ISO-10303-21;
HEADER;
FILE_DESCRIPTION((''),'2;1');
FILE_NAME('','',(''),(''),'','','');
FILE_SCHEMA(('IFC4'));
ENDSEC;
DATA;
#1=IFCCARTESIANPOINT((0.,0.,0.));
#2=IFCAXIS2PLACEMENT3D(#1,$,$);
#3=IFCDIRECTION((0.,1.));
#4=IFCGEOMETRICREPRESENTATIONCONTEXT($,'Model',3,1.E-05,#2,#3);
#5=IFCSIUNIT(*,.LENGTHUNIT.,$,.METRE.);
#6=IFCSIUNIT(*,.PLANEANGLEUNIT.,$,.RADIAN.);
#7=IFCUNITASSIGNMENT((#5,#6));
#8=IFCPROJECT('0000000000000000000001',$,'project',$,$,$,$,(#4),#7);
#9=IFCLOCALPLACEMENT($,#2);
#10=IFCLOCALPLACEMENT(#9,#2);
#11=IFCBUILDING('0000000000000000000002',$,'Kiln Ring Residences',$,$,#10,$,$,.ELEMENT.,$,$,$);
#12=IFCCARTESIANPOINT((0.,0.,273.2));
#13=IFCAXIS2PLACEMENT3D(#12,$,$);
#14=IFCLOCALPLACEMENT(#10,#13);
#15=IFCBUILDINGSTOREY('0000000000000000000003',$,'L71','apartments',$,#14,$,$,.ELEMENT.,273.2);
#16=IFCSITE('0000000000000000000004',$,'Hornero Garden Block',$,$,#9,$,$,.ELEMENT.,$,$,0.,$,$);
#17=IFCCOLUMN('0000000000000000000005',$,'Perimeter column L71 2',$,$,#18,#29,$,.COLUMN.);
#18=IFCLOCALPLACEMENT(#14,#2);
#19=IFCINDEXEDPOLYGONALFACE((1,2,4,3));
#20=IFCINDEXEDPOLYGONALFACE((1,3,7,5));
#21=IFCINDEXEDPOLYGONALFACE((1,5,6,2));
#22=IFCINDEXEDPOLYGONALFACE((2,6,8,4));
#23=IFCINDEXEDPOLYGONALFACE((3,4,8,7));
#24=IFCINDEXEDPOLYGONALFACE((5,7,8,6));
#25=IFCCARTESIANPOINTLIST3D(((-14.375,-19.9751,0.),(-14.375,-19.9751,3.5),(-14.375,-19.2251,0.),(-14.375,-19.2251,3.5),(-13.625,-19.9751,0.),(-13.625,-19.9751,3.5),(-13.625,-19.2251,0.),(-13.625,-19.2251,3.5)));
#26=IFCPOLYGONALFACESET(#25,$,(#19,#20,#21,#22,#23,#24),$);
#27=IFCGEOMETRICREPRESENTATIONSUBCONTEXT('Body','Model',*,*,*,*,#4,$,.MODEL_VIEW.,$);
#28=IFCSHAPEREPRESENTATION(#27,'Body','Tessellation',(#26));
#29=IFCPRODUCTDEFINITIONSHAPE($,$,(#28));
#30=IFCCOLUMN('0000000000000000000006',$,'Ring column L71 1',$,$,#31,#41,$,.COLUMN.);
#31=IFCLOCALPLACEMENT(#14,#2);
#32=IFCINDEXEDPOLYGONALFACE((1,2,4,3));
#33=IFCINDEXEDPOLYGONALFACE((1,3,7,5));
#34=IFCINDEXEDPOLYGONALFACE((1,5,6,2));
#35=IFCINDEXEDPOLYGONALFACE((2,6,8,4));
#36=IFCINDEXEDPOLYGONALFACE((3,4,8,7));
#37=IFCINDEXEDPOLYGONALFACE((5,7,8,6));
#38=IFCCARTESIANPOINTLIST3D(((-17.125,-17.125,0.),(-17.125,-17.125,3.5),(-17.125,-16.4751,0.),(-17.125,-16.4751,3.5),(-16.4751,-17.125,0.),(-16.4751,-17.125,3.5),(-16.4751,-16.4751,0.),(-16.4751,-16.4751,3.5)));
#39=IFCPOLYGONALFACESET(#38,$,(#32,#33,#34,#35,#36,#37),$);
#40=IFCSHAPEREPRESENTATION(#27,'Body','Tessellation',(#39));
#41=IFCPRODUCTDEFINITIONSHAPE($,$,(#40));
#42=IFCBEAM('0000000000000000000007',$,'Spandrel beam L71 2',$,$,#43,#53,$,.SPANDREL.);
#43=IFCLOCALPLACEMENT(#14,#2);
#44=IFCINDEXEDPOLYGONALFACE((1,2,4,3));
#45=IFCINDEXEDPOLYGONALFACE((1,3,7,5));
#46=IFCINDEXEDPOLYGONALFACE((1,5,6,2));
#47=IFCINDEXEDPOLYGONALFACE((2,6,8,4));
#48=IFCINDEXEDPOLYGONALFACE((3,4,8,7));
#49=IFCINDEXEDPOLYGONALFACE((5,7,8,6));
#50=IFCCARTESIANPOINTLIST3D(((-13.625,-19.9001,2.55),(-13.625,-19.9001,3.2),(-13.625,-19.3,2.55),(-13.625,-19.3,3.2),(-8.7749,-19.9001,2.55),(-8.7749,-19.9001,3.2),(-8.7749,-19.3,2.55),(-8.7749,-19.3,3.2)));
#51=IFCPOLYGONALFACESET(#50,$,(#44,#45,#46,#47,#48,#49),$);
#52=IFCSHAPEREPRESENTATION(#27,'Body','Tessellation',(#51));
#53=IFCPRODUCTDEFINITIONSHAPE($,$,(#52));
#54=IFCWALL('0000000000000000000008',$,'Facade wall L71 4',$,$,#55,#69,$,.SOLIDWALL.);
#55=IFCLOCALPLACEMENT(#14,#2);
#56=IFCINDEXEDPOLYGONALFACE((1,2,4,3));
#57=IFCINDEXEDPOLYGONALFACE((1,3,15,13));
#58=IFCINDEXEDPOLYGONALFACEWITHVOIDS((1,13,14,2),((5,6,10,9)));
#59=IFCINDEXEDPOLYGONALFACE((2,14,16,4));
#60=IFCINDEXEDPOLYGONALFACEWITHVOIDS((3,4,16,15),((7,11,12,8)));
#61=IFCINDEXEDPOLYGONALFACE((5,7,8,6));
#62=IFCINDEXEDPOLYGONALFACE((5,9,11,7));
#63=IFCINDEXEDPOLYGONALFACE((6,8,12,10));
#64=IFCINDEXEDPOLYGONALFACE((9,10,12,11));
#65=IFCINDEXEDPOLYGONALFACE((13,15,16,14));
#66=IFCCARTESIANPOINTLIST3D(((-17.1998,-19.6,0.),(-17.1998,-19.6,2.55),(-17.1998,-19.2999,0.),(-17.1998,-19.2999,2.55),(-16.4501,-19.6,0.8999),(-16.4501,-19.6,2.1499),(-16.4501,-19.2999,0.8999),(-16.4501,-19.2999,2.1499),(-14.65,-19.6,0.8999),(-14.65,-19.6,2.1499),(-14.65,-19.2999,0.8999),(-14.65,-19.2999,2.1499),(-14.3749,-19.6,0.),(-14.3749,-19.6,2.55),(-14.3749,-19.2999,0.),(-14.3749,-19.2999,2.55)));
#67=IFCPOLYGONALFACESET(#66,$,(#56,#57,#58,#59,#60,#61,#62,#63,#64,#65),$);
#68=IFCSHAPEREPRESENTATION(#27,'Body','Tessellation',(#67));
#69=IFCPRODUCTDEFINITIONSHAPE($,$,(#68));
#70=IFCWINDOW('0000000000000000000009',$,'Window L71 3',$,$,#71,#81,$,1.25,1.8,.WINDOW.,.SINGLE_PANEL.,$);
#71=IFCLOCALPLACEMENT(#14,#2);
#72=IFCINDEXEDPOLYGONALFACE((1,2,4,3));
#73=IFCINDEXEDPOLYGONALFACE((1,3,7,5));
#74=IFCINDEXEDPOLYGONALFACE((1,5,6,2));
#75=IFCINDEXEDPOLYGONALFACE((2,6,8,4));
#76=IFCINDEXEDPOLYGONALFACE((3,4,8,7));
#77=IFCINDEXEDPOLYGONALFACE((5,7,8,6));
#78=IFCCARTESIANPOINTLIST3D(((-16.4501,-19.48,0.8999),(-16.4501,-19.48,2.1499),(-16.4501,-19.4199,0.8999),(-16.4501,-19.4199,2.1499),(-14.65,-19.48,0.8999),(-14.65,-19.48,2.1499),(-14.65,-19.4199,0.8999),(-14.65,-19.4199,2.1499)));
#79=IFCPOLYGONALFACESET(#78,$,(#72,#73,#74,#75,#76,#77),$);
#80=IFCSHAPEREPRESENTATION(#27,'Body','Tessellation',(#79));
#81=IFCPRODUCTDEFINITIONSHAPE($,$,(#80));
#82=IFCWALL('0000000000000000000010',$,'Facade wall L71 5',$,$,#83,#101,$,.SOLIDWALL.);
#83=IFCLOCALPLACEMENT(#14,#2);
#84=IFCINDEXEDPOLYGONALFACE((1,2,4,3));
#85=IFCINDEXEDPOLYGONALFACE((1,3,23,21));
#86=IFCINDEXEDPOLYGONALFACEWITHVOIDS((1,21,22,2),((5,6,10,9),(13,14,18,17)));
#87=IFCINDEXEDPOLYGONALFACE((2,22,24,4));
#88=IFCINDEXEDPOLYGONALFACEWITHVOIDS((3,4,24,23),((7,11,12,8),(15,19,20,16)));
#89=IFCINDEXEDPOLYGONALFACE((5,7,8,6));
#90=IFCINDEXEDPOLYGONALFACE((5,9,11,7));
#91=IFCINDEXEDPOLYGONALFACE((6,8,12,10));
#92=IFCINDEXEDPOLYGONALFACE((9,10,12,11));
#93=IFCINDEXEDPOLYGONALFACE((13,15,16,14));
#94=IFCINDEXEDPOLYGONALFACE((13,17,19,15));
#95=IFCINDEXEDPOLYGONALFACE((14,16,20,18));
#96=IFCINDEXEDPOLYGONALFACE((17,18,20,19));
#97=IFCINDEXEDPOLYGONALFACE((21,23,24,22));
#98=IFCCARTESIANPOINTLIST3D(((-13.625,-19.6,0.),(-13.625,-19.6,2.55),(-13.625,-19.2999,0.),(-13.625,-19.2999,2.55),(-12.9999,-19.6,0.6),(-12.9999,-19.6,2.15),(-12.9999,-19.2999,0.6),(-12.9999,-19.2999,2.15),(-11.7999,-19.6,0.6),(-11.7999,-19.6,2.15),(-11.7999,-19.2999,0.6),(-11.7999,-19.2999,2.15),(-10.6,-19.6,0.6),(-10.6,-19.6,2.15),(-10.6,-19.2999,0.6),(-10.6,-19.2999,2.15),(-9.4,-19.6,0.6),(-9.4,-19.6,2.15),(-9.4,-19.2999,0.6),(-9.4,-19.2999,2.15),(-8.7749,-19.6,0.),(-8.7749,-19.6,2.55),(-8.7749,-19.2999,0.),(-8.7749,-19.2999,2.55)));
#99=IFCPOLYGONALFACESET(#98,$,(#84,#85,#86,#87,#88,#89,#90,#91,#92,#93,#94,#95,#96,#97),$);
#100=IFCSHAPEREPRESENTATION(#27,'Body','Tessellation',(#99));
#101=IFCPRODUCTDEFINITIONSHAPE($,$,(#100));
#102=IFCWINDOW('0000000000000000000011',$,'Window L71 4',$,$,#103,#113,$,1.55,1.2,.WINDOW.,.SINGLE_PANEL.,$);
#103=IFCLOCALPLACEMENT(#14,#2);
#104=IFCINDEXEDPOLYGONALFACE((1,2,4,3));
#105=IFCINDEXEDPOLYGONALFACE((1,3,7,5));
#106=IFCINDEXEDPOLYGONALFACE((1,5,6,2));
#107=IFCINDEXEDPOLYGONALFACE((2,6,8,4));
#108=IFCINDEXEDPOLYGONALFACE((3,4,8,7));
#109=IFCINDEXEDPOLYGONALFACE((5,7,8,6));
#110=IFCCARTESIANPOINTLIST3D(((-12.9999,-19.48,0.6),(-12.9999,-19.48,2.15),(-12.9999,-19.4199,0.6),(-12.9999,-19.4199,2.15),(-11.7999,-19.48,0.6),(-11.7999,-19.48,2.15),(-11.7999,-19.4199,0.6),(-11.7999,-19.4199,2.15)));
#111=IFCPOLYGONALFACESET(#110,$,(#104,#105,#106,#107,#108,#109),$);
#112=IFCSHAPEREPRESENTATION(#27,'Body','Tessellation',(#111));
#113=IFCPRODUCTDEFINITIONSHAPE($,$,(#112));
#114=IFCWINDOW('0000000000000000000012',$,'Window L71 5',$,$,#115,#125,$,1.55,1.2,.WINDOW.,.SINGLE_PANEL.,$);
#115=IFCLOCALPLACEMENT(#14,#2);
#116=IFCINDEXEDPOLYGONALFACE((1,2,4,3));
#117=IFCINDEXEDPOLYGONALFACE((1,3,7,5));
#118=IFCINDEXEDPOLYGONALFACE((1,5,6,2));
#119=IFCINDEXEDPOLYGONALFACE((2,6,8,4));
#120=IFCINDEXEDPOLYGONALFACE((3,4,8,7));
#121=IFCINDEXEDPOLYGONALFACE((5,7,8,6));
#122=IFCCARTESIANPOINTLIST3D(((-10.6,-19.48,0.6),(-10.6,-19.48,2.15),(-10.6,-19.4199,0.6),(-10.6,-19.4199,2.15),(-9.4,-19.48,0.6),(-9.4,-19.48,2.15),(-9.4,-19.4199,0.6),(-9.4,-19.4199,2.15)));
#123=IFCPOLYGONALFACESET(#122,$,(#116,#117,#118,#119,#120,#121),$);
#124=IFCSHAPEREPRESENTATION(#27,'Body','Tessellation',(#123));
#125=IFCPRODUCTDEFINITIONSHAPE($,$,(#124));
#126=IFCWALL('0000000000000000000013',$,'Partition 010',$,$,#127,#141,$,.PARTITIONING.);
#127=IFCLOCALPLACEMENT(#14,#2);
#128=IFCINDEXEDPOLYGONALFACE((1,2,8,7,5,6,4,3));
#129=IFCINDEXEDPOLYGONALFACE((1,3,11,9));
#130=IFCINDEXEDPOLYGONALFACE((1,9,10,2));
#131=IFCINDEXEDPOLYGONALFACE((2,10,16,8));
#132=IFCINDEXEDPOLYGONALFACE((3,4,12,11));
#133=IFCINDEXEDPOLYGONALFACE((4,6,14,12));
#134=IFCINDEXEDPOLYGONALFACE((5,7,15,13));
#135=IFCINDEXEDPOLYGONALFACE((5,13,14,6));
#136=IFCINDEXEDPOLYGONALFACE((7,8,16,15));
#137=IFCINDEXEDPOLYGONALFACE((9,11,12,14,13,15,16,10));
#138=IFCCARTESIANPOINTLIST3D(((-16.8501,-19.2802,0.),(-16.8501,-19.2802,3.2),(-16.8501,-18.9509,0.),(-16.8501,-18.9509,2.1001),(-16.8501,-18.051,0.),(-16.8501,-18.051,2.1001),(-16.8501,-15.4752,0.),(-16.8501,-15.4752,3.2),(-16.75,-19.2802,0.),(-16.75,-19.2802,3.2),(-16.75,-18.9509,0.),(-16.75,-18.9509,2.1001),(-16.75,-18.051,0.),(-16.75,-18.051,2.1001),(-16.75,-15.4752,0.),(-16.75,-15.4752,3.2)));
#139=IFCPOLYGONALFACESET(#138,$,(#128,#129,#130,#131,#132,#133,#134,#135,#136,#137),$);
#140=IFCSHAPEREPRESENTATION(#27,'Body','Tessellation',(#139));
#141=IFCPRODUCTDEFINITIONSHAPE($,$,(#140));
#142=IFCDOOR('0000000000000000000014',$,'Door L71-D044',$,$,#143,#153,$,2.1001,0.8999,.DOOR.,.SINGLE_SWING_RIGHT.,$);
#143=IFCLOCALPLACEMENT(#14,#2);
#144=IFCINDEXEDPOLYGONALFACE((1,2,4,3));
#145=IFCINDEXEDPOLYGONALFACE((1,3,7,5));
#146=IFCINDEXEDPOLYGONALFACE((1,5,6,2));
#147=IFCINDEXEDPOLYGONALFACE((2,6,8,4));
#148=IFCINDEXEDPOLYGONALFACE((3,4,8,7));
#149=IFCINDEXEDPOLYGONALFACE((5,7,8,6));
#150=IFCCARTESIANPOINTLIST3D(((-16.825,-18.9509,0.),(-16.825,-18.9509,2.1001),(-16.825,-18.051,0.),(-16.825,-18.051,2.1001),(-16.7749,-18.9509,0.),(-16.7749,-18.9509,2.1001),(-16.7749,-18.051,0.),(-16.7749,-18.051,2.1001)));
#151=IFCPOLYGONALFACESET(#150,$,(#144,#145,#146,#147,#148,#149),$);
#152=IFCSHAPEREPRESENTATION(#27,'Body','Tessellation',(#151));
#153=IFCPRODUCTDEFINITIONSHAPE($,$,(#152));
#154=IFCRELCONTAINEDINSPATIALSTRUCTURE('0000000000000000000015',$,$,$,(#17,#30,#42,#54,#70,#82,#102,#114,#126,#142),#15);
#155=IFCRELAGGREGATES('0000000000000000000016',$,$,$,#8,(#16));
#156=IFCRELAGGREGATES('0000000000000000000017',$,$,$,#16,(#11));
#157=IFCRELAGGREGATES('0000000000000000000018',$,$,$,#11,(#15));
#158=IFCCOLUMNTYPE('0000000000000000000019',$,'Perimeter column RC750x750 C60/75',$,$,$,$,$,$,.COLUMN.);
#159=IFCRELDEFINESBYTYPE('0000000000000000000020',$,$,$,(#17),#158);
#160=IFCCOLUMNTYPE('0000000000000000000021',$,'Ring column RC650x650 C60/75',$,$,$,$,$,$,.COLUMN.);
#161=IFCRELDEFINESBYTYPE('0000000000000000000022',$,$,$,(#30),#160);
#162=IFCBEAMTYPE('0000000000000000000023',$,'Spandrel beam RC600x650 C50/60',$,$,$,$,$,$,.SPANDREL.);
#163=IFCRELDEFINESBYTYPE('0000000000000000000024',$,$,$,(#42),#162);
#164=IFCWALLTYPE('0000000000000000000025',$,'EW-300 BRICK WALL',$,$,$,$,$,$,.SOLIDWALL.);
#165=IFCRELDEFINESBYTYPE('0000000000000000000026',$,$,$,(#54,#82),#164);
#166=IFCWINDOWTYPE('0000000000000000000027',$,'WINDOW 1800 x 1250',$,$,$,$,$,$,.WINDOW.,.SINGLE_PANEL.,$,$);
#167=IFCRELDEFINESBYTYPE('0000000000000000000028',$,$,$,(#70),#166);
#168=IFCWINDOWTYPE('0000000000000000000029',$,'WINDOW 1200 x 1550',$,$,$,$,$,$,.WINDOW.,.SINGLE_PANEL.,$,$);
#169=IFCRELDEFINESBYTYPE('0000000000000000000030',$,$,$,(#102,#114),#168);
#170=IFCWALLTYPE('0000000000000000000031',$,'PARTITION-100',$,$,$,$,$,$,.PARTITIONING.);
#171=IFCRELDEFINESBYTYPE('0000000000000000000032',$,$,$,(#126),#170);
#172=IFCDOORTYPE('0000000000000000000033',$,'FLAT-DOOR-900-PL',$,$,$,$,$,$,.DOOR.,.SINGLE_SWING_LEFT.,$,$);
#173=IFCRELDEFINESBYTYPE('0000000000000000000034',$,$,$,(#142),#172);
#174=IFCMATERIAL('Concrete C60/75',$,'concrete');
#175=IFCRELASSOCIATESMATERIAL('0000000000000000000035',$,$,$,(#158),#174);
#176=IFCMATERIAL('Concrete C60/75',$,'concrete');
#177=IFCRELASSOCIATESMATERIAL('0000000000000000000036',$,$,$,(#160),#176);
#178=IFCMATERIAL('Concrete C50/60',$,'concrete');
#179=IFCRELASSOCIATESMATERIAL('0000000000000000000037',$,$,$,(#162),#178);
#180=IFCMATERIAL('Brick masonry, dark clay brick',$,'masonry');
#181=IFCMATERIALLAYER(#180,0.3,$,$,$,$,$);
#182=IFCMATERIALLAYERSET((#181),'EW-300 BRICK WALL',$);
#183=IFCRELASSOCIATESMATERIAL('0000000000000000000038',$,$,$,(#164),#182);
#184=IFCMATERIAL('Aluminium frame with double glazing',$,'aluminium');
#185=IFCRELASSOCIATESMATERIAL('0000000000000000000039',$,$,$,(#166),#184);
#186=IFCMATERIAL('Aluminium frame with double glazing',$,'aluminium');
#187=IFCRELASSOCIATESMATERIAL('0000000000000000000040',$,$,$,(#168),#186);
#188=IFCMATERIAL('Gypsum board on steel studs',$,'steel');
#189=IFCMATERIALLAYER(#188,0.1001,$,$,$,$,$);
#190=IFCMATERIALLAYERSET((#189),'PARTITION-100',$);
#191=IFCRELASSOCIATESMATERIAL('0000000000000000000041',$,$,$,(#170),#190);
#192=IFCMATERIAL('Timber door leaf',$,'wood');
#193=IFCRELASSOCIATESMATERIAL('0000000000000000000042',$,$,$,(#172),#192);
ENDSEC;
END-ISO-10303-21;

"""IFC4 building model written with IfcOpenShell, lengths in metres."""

from ifc_helpers import new_model, si_unit, direction, frame, frame_2d, origin, origin_2d, place, context, subcontext, project, spatial, rectangle, extrude, material, layer, layer_set, material_profile, profile_set, type_object, element, fill, save


model = new_model("IFC4")

# Units and contexts
model_context = context("Model", 3, precision=1e-05, world=origin(), true_north=direction((0.0, 1.0)))
body_context = subcontext(model_context, "Body", "Model", "MODEL_VIEW")
ifc_project = project(units=[si_unit("LENGTHUNIT", "METRE"), si_unit("PLANEANGLEUNIT", "RADIAN")], contexts=[model_context])

# Site, building, storey
site_placement = place(None, origin())
site = spatial("IfcSite", under=ifc_project, at=site_placement, Name="Hornero Garden Block", CompositionType="ELEMENT", RefElevation=0.0)
building_placement = place(site_placement, origin())
building = spatial("IfcBuilding", under=site, at=building_placement, Name="Kiln Ring Residences", CompositionType="ELEMENT")
storey_placement = place(building_placement, frame((0.0, 0.0, 273.2)))
storey = spatial("IfcBuildingStorey", under=building, at=storey_placement, Name="L71", Description="apartments", CompositionType="ELEMENT", Elevation=273.2)

# Columns
ifc_material_1 = material(Name="Concrete C60/75", Category="concrete")
ifc_material_profile_1 = material_profile(ifc_material_1, rectangle(XDim=0.75, YDim=0.75, at=origin_2d()), Name="RC750x750")
ifc_profile_set_1 = profile_set([ifc_material_profile_1], Name="Concrete C60/75")
column_type_1 = type_object("IfcColumnType", Name="Perimeter column RC750x750 C60/75", PredefinedType="COLUMN", material=ifc_profile_set_1)
column_1_placement = place(storey_placement, frame((-14.0, -19.6001, 0.0), z_axis=(0.0, 0.0, 1.0), x_axis=(1.0, 0.0, 0.0)))
element("IfcColumn", 1, at=column_1_placement, inside=storey, type_object=column_type_1, Name="Perimeter column L71 2", PredefinedType="COLUMN", context=body_context, shape_type="SweptSolid", body=[
    extrude(rectangle(XDim=0.75, YDim=0.75, at=origin_2d()), origin(), (0.0, 0.0, 1.0), 3.5),
])
ifc_material_2 = material(Name="Concrete C60/75", Category="concrete")
ifc_material_profile_2 = material_profile(ifc_material_2, rectangle(XDim=0.6499, YDim=0.6499, at=origin_2d()), Name="RC650x650")
ifc_profile_set_2 = profile_set([ifc_material_profile_2], Name="Concrete C60/75")
column_type_2 = type_object("IfcColumnType", Name="Ring column RC650x650 C60/75", PredefinedType="COLUMN", material=ifc_profile_set_2)
column_2_placement = place(storey_placement, frame((-16.8, -16.8, 0.0), z_axis=(0.0, 0.0, 1.0), x_axis=(1.0, 0.0, 0.0)))
element("IfcColumn", 2, at=column_2_placement, inside=storey, type_object=column_type_2, Name="Ring column L71 1", PredefinedType="COLUMN", context=body_context, shape_type="SweptSolid", body=[
    extrude(rectangle(XDim=0.6499, YDim=0.6499, at=origin_2d()), origin(), (0.0, 0.0, 1.0), 3.5),
])

# Beam
ifc_material_3 = material(Name="Concrete C50/60", Category="concrete")
ifc_material_profile_3 = material_profile(ifc_material_3, rectangle(XDim=0.6001, YDim=0.6499, at=origin_2d()), Name="RC600x650")
ifc_profile_set_3 = profile_set([ifc_material_profile_3], Name="Concrete C50/60")
beam_type = type_object("IfcBeamType", Name="Spandrel beam RC600x650 C50/60", PredefinedType="SPANDREL", material=ifc_profile_set_3)
beam_placement = place(storey_placement, frame((-13.625, -19.6001, 2.875), z_axis=(1.0, 0.0, 0.0), x_axis=(0.0, 1.0, 0.0)))
element("IfcBeam", 3, at=beam_placement, inside=storey, type_object=beam_type, Name="Spandrel beam L71 2", PredefinedType="SPANDREL", context=body_context, shape_type="SweptSolid", body=[
    extrude(rectangle(XDim=0.6001, YDim=0.6499, at=origin_2d()), origin(), (0.0, 0.0, 1.0), 4.8501),
])

# Wall, opening, window
ifc_material_4 = material(Name="Brick masonry, dark clay brick", Category="masonry")
ifc_layer_1 = layer(ifc_material_4, 0.3)
ifc_layer_set_1 = layer_set([ifc_layer_1], Name="EW-300 BRICK WALL")
wall_type_1 = type_object("IfcWallType", Name="EW-300 BRICK WALL", PredefinedType="SOLIDWALL", material=ifc_layer_set_1)
wall_1_placement = place(storey_placement, frame((-17.2, -19.45, 0.0), z_axis=(0.0, 0.0, 1.0), x_axis=(1.0, 0.0, 0.0)))
wall_1 = element("IfcWall", 4, at=wall_1_placement, inside=storey, type_object=wall_type_1, Name="Facade wall L71 4", PredefinedType="SOLIDWALL", context=body_context, shape_type="SweptSolid", body=[
    extrude(rectangle(XDim=2.825, YDim=0.3, at=frame_2d((1.4126, 0.0))), origin(), (0.0, 0.0, 1.0), 2.55),
])
opening_1_placement = place(wall_1_placement, frame((0.75, 0.0, 0.8999)))
opening_1 = element("IfcOpeningElement", 5, at=opening_1_placement, cuts=wall_1, PredefinedType="OPENING", context=body_context, shape_type="SweptSolid", body=[
    extrude(rectangle(XDim=1.8, YDim=1.25, at=frame_2d((0.8999, 0.625))), frame((0.0, 0.1599, 0.0), z_axis=(0.0, -1.0, 0.0), x_axis=(1.0, 0.0, 0.0)), (0.0, 0.0, 1.0), 0.3201),
])
ifc_material_5 = material(Name="Aluminium frame with double glazing", Category="aluminium")
window_type_1 = type_object("IfcWindowType", Name="WINDOW 1800 x 1250", PartitioningType="SINGLE_PANEL", PredefinedType="WINDOW", material=ifc_material_5)
window_1_placement = place(opening_1_placement, origin())
window_1 = element("IfcWindow", 6, at=window_1_placement, inside=storey, type_object=window_type_1, Name="Window L71 3", OverallHeight=1.25, OverallWidth=1.8, PartitioningType="SINGLE_PANEL", PredefinedType="WINDOW", context=body_context, shape_type="SweptSolid", body=[
    extrude(rectangle(XDim=1.8, YDim=1.25, at=frame_2d((0.8999, 0.625))), frame((0.0, 0.03, 0.0), z_axis=(0.0, -1.0, 0.0), x_axis=(1.0, 0.0, 0.0)), (0.0, 0.0, 1.0), 0.0601),
])
fill(opening_1, window_1)

# Wall, openings, windows
wall_2_placement = place(storey_placement, frame((-13.625, -19.45, 0.0), z_axis=(0.0, 0.0, 1.0), x_axis=(1.0, 0.0, 0.0)))
wall_2 = element("IfcWall", 7, at=wall_2_placement, inside=storey, type_object=wall_type_1, Name="Facade wall L71 5", PredefinedType="SOLIDWALL", context=body_context, shape_type="SweptSolid", body=[
    extrude(rectangle(XDim=4.8501, YDim=0.3, at=frame_2d((2.425, 0.0))), origin(), (0.0, 0.0, 1.0), 2.55),
])
opening_2_placement = place(wall_2_placement, frame((0.625, 0.0, 0.6001)))
opening_2 = element("IfcOpeningElement", 8, at=opening_2_placement, cuts=wall_2, PredefinedType="OPENING", context=body_context, shape_type="SweptSolid", body=[
    extrude(rectangle(XDim=1.2, YDim=1.55, at=frame_2d((0.6001, 0.7749))), frame((0.0, 0.1599, 0.0), z_axis=(0.0, -1.0, 0.0), x_axis=(1.0, 0.0, 0.0)), (0.0, 0.0, 1.0), 0.3201),
])
opening_3_placement = place(wall_2_placement, frame((3.0249, 0.0, 0.6001)))
opening_3 = element("IfcOpeningElement", 9, at=opening_3_placement, cuts=wall_2, PredefinedType="OPENING", context=body_context, shape_type="SweptSolid", body=[
    extrude(rectangle(XDim=1.2, YDim=1.55, at=frame_2d((0.6001, 0.7749))), frame((0.0, 0.1599, 0.0), z_axis=(0.0, -1.0, 0.0), x_axis=(1.0, 0.0, 0.0)), (0.0, 0.0, 1.0), 0.3201),
])
ifc_material_6 = material(Name="Aluminium frame with double glazing", Category="aluminium")
window_type_2 = type_object("IfcWindowType", Name="WINDOW 1200 x 1550", PartitioningType="SINGLE_PANEL", PredefinedType="WINDOW", material=ifc_material_6)
window_2_placement = place(opening_2_placement, origin())
window_2 = element("IfcWindow", 10, at=window_2_placement, inside=storey, type_object=window_type_2, Name="Window L71 4", OverallHeight=1.55, OverallWidth=1.2, PartitioningType="SINGLE_PANEL", PredefinedType="WINDOW", context=body_context, shape_type="SweptSolid", body=[
    extrude(rectangle(XDim=1.2, YDim=1.55, at=frame_2d((0.6001, 0.7749))), frame((0.0, 0.03, 0.0), z_axis=(0.0, -1.0, 0.0), x_axis=(1.0, 0.0, 0.0)), (0.0, 0.0, 1.0), 0.0601),
])
fill(opening_2, window_2)
window_3_placement = place(opening_3_placement, origin())
window_3 = element("IfcWindow", 11, at=window_3_placement, inside=storey, type_object=window_type_2, Name="Window L71 5", OverallHeight=1.55, OverallWidth=1.2, PartitioningType="SINGLE_PANEL", PredefinedType="WINDOW", context=body_context, shape_type="SweptSolid", body=[
    extrude(rectangle(XDim=1.2, YDim=1.55, at=frame_2d((0.6001, 0.7749))), frame((0.0, 0.03, 0.0), z_axis=(0.0, -1.0, 0.0), x_axis=(1.0, 0.0, 0.0)), (0.0, 0.0, 1.0), 0.0601),
])
fill(opening_3, window_3)

# Wall, opening, door
ifc_material_7 = material(Name="Gypsum board on steel studs", Category="steel")
ifc_layer_2 = layer(ifc_material_7, 0.1001)
ifc_layer_set_2 = layer_set([ifc_layer_2], Name="PARTITION-100")
wall_type_2 = type_object("IfcWallType", Name="PARTITION-100", PredefinedType="PARTITIONING", material=ifc_layer_set_2)
wall_3_placement = place(storey_placement, frame((-16.8, -19.28, 0.0), z_axis=(0.0, 0.0, 1.0), x_axis=(0.0, 1.0, 0.0)))
wall_3 = element("IfcWall", 12, at=wall_3_placement, inside=storey, type_object=wall_type_2, Name="Partition 010", PredefinedType="PARTITIONING", context=body_context, shape_type="SweptSolid", body=[
    extrude(rectangle(XDim=3.8049, YDim=0.1001, at=frame_2d((1.9023, 0.0))), origin(), (0.0, 0.0, 1.0), 3.2),
])
opening_4_placement = place(wall_3_placement, frame((0.3291, 0.0, 0.0)))
opening_4 = element("IfcOpeningElement", 13, at=opening_4_placement, cuts=wall_3, PredefinedType="OPENING", context=body_context, shape_type="SweptSolid", body=[
    extrude(rectangle(XDim=0.8999, YDim=2.1001, at=frame_2d((0.45, 1.05))), frame((0.0, 0.0601, 0.0), z_axis=(0.0, -1.0, 0.0), x_axis=(1.0, 0.0, 0.0)), (0.0, 0.0, 1.0), 0.1201),
])
ifc_material_8 = material(Name="Timber door leaf", Category="wood")
door_type_1 = type_object("IfcDoorType", Name="FLAT-DOOR-900-PL", OperationType="SINGLE_SWING_LEFT", PredefinedType="DOOR", material=ifc_material_8)
door_1_placement = place(opening_4_placement, origin())
door_1 = element("IfcDoor", 14, at=door_1_placement, inside=storey, type_object=door_type_1, Name="Door L71-D044", OperationType="SINGLE_SWING_RIGHT", OverallHeight=2.1001, OverallWidth=0.8999, PredefinedType="DOOR", context=body_context, shape_type="SweptSolid", body=[
    extrude(rectangle(XDim=0.8999, YDim=2.1001, at=frame_2d((0.45, 1.05))), frame((0.0, 0.0249, 0.0), z_axis=(0.0, -1.0, 0.0), x_axis=(1.0, 0.0, 0.0)), (0.0, 0.0, 1.0), 0.05),
])
fill(opening_4, door_1)

save(model, "model.ifc")
